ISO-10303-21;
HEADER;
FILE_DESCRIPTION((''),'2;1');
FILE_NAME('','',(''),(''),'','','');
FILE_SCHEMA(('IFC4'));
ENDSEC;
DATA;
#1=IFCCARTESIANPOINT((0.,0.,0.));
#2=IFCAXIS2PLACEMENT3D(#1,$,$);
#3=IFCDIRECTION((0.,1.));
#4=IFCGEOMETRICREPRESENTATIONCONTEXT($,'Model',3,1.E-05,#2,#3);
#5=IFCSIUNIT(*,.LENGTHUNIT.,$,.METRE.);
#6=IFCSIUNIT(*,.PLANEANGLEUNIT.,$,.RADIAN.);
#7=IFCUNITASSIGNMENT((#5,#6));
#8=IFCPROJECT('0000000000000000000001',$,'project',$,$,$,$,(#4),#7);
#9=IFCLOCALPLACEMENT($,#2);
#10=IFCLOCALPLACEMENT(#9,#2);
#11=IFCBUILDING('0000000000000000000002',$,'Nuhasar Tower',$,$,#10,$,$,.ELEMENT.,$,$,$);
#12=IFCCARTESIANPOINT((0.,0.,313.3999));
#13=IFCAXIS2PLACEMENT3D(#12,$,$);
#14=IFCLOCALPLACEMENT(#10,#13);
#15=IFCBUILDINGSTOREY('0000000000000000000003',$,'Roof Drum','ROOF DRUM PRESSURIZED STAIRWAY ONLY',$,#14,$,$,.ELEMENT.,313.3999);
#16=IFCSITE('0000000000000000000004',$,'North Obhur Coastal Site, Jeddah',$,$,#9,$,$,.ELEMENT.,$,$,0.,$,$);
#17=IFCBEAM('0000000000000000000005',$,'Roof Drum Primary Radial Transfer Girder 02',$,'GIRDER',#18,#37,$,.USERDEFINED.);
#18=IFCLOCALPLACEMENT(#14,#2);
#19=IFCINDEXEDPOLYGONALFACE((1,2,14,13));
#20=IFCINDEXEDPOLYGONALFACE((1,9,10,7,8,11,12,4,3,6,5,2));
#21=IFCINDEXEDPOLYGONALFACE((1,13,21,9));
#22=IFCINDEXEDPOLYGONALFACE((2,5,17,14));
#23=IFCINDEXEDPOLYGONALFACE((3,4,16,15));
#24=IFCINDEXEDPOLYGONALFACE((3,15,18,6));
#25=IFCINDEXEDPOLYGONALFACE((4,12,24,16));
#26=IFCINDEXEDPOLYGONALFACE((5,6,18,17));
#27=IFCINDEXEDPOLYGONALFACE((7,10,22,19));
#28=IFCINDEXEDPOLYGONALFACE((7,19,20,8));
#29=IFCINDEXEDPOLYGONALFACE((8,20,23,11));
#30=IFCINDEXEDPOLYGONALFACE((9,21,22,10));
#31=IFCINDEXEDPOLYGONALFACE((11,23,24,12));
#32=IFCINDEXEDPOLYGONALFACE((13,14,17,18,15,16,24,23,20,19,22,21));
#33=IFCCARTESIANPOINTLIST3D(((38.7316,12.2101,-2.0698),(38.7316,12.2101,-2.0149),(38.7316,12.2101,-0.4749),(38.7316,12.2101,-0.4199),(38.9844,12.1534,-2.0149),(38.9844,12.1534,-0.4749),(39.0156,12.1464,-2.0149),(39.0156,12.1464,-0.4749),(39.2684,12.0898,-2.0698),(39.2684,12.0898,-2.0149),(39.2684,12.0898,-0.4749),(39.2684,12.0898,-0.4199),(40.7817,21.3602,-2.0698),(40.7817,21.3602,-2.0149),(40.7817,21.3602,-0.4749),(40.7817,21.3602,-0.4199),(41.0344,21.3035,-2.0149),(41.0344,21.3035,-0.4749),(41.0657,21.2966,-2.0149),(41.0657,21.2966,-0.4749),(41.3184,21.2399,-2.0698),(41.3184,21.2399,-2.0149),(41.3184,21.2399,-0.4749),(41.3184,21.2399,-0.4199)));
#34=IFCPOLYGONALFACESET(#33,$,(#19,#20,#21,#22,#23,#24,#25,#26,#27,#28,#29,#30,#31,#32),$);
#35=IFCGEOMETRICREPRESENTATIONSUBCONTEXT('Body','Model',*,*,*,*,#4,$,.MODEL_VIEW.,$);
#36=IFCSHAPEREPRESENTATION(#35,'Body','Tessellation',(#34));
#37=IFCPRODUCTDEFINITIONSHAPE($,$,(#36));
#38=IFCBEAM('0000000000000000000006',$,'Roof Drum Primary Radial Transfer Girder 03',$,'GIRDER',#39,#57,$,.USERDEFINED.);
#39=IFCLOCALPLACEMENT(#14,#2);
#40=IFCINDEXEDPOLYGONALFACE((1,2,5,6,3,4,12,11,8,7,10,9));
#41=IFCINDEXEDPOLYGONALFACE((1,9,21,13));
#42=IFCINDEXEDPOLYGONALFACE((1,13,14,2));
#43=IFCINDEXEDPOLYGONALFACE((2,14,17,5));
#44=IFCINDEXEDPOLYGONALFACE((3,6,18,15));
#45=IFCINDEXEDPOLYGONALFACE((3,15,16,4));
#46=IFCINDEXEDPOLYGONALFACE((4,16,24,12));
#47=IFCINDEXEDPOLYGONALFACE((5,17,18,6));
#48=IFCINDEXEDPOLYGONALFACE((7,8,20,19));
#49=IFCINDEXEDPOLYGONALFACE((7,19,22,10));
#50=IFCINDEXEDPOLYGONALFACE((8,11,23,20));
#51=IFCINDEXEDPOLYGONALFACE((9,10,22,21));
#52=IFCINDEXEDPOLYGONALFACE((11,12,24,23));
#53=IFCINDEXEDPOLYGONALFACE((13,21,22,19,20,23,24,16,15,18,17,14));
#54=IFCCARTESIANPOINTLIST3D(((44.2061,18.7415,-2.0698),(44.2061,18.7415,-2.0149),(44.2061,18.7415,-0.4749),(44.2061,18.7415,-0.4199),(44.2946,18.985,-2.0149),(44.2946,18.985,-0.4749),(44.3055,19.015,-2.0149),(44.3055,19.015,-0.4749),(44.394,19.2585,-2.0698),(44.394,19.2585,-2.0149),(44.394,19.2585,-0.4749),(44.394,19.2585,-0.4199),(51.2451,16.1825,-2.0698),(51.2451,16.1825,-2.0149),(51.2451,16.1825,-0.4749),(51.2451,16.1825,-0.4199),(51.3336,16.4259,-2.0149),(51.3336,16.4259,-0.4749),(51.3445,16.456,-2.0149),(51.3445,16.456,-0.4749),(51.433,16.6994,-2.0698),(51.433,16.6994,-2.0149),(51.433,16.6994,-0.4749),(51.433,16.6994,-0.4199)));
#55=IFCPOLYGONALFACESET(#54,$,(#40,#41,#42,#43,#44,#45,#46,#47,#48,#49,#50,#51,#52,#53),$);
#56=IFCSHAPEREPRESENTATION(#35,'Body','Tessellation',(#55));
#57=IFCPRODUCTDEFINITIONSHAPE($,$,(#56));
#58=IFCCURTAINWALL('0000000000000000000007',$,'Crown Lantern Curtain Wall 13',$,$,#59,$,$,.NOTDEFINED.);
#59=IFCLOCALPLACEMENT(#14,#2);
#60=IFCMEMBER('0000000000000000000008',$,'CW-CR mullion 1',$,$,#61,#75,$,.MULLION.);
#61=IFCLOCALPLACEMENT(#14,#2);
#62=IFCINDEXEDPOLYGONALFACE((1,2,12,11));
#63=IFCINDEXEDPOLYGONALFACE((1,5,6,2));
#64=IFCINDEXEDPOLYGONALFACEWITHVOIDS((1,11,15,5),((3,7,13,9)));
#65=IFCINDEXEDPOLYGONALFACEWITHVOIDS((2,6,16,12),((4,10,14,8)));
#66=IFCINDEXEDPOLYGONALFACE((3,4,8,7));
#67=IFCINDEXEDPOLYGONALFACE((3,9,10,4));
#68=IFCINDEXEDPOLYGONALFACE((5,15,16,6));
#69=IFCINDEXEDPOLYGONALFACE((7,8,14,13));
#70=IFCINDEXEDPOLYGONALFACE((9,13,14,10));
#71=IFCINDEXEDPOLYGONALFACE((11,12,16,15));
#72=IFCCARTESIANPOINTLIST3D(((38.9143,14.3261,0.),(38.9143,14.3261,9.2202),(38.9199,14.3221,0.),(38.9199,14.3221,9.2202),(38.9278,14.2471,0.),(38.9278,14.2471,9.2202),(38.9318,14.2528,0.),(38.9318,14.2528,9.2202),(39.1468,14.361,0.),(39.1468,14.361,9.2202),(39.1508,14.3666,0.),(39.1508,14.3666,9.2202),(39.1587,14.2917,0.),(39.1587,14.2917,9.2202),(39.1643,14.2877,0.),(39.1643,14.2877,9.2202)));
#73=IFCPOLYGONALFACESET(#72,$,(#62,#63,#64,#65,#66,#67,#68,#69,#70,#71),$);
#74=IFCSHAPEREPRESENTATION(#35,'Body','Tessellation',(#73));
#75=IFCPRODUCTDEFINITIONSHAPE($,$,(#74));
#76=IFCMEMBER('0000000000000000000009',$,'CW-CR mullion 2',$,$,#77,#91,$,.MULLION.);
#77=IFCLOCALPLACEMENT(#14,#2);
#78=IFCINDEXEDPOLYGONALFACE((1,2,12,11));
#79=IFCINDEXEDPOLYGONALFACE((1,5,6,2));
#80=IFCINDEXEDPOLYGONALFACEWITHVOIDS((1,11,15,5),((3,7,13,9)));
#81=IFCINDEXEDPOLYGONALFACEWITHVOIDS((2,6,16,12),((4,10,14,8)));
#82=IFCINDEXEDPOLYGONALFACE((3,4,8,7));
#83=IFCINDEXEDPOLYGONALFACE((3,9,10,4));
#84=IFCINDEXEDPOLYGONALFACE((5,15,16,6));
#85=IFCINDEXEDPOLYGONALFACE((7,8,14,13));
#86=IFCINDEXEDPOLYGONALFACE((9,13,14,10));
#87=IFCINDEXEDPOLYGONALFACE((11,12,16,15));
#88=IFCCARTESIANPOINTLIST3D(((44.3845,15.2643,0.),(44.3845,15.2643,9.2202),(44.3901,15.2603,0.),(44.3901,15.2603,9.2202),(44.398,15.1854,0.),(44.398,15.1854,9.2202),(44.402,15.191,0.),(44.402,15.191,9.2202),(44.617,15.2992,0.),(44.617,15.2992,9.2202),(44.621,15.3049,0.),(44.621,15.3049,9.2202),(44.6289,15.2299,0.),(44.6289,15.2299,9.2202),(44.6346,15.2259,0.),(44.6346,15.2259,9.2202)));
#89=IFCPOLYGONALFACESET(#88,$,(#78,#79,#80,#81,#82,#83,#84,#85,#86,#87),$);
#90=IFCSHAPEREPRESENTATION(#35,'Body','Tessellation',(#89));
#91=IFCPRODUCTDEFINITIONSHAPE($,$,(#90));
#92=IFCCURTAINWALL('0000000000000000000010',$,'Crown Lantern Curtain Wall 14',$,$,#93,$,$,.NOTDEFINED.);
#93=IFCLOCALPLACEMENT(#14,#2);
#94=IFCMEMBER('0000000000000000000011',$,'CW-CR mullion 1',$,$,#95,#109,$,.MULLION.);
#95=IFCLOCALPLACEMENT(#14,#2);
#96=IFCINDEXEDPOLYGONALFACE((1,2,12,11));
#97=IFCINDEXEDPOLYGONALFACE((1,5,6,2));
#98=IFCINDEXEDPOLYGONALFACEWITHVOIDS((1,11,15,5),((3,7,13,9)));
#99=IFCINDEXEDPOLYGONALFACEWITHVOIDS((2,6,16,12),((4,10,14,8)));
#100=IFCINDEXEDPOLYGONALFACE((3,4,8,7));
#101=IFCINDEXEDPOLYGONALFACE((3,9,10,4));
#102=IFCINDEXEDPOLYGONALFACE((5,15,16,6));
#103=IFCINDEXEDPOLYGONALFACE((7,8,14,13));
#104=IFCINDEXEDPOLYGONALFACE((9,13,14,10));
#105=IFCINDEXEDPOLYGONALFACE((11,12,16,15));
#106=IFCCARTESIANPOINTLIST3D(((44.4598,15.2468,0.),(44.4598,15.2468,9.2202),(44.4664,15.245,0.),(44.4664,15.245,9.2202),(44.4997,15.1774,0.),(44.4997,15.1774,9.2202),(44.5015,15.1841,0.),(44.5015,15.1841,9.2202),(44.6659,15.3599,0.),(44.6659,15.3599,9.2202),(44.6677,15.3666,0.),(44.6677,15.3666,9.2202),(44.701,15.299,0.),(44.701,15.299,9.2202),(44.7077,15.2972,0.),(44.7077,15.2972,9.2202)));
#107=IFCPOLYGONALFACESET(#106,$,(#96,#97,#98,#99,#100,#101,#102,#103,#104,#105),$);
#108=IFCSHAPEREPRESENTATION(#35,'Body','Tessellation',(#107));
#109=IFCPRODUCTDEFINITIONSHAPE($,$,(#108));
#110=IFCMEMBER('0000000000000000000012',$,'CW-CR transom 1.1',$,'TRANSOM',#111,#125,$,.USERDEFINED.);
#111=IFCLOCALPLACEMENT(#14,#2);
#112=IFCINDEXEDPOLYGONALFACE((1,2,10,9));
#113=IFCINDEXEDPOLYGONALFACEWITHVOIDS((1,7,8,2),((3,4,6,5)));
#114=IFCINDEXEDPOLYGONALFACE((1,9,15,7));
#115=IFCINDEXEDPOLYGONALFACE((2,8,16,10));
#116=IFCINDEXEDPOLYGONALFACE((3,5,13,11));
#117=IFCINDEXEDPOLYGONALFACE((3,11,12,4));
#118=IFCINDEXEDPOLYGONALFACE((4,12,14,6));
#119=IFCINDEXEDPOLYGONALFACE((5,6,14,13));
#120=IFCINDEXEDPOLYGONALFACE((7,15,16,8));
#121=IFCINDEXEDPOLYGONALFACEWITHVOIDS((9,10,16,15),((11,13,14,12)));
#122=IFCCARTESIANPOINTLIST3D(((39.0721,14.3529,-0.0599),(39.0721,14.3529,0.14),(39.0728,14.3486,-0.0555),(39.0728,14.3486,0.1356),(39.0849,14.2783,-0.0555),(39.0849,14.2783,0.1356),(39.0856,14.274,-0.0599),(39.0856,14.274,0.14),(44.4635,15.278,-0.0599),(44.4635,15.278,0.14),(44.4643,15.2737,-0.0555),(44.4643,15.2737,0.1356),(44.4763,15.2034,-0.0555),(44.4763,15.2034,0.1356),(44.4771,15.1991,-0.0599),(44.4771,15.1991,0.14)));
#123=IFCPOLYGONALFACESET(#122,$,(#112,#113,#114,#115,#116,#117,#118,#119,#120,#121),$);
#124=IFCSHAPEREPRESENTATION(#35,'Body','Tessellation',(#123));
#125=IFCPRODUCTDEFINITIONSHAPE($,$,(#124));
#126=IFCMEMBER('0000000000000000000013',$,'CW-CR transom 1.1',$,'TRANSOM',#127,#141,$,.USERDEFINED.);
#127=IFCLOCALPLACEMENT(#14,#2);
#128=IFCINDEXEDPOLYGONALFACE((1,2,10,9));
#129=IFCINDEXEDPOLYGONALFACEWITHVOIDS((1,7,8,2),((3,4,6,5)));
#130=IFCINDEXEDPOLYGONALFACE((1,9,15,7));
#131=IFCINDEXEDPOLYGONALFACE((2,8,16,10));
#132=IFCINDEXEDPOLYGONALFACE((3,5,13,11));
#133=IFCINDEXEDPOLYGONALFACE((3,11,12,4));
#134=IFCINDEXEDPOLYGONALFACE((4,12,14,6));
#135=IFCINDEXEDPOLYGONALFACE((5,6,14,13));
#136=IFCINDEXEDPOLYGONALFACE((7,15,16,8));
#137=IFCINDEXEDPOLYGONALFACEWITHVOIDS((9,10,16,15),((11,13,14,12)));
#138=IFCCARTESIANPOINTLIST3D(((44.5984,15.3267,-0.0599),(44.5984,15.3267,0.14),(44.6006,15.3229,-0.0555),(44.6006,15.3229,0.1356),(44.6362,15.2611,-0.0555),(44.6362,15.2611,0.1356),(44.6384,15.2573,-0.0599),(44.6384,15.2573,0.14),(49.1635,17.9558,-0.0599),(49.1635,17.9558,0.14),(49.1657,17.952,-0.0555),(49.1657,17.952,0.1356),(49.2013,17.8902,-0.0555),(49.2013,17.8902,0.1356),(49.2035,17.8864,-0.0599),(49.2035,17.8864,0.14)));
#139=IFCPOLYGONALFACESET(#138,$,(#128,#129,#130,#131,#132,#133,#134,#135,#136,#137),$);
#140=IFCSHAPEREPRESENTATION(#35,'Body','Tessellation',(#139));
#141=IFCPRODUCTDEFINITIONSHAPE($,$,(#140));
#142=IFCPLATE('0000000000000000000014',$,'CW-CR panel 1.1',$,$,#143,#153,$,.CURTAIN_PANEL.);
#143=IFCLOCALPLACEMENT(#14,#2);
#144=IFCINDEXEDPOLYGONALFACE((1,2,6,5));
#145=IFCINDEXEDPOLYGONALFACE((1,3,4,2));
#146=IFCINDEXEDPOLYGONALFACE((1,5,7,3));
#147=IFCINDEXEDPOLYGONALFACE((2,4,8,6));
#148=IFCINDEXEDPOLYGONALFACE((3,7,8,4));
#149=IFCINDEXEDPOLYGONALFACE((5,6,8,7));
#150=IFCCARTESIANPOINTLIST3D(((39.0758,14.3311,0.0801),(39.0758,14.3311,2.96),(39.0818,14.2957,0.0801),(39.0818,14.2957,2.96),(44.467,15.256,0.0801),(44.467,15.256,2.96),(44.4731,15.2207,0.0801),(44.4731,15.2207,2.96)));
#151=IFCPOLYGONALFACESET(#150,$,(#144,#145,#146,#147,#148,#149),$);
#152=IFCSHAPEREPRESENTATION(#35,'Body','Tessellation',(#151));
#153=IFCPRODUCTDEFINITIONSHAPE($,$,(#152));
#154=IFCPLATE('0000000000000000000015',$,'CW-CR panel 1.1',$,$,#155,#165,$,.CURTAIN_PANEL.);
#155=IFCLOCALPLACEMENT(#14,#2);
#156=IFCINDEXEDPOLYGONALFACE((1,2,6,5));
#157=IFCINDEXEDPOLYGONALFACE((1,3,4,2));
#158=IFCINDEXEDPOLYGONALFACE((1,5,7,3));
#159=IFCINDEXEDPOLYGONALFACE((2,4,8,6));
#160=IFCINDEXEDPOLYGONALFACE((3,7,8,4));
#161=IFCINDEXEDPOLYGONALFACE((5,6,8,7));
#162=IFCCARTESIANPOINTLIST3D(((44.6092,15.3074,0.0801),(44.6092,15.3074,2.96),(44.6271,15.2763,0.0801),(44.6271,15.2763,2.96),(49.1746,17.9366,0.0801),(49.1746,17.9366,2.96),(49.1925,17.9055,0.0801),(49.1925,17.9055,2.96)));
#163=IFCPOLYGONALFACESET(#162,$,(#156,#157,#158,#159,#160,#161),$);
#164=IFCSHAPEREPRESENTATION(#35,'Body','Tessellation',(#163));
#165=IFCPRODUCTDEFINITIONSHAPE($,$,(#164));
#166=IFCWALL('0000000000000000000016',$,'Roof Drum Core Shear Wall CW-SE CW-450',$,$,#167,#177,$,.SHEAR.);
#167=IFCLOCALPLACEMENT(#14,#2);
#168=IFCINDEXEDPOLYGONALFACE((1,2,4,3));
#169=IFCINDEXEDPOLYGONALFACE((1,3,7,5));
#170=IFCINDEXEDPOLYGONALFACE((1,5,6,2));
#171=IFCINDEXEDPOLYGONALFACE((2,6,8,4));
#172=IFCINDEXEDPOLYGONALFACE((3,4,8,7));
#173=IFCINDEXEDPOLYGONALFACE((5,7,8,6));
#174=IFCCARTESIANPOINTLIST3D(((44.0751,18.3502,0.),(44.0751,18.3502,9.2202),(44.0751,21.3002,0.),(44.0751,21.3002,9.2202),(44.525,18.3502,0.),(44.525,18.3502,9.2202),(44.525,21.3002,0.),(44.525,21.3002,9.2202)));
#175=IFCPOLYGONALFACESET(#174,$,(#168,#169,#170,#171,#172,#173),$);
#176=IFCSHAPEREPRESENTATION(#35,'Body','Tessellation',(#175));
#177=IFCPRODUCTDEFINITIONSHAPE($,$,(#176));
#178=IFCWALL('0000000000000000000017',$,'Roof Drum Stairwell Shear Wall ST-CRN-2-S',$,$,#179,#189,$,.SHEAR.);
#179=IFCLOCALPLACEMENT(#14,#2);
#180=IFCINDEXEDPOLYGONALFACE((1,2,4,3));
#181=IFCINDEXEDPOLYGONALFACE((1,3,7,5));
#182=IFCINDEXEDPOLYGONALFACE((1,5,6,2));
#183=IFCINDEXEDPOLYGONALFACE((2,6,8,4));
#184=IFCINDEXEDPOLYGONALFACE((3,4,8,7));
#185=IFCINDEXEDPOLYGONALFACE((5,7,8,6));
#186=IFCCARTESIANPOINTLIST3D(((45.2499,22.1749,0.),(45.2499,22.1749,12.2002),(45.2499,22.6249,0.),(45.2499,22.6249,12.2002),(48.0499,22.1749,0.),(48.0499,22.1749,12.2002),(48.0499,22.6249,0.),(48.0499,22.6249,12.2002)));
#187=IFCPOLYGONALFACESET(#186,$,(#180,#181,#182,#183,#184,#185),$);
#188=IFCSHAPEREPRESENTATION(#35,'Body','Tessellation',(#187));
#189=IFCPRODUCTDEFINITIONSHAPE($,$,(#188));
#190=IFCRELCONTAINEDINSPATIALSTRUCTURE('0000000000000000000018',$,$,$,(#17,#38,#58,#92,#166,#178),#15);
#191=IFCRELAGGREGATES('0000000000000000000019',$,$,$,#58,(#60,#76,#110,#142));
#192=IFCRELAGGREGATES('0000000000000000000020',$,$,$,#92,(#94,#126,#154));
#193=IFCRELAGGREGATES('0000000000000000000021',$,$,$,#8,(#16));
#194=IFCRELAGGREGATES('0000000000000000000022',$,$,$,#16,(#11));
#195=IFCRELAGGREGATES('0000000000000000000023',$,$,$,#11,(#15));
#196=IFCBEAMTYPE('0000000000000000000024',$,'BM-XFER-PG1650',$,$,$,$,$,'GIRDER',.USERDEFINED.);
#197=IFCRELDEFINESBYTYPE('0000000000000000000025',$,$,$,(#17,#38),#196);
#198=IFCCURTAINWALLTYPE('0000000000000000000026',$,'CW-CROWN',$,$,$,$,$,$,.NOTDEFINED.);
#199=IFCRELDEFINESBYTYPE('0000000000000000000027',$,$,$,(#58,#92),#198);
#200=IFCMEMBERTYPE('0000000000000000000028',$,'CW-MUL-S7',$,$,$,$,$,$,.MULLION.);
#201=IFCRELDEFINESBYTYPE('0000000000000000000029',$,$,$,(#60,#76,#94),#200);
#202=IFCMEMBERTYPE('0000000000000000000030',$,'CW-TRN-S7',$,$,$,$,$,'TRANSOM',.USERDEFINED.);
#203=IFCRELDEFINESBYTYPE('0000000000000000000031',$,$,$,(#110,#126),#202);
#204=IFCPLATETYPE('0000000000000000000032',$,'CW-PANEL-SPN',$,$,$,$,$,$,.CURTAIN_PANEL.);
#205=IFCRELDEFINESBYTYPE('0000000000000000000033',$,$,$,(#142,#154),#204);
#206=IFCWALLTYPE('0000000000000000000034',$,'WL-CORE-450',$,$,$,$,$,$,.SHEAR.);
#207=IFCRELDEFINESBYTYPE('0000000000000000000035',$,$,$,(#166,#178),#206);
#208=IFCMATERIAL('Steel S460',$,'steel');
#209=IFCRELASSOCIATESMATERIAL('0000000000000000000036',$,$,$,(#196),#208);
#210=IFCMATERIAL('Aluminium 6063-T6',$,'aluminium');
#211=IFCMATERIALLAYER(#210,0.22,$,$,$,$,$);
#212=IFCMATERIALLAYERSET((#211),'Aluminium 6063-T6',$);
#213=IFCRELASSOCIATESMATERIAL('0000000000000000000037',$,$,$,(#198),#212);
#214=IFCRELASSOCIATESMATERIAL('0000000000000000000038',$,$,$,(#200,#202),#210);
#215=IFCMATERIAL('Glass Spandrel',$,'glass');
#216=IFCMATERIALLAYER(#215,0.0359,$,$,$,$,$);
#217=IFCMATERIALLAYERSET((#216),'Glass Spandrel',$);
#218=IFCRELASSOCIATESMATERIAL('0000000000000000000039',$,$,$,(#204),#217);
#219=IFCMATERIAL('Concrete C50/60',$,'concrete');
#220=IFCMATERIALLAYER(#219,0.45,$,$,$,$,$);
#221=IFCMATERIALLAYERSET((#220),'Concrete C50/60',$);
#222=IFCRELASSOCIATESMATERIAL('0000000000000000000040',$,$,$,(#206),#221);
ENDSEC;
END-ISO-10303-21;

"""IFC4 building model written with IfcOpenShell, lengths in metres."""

from ifc_helpers import new_model, si_unit, direction, frame, frame_2d, origin, origin_2d, place, context, subcontext, project, spatial, rectangle, hollow_rectangle, i_section, extrude, material, layer, layer_set, material_profile, profile_set, type_object, element, aggregate, save


model = new_model("IFC4")

# Units and contexts
model_context = context("Model", 3, precision=1e-05, world=origin(), true_north=direction((0.0, 1.0)))
body_context = subcontext(model_context, "Body", "Model", "MODEL_VIEW")
ifc_project = project(units=[si_unit("LENGTHUNIT", "METRE"), si_unit("PLANEANGLEUNIT", "RADIAN")], contexts=[model_context])

# Site, building, storey
site_placement = place(None, origin())
site = spatial("IfcSite", under=ifc_project, at=site_placement, Name="North Obhur Coastal Site, Jeddah", CompositionType="ELEMENT", RefElevation=0.0)
building_placement = place(site_placement, origin())
building = spatial("IfcBuilding", under=site, at=building_placement, Name="Nuhasar Tower", CompositionType="ELEMENT")
storey_placement = place(building_placement, frame((0.0, 0.0, 313.3999)))
storey = spatial("IfcBuildingStorey", under=building, at=storey_placement, Name="Roof Drum", Description="ROOF DRUM PRESSURIZED STAIRWAY ONLY", CompositionType="ELEMENT", Elevation=313.3999)

# Shared definitions
ifc_material_1 = material(Name="Concrete C50/60", Category="concrete")

# Beams
ifc_material_2 = material(Name="Steel S460", Category="steel")
ifc_material_profile_1 = material_profile(ifc_material_2, i_section(OverallWidth=0.55, OverallDepth=1.6499, WebThickness=0.032, FlangeThickness=0.0549, at=origin_2d()), Name="PG1650X550")
ifc_profile_set_1 = profile_set([ifc_material_profile_1], Name="Steel S460")
beam_type_1 = type_object("IfcBeamType", Name="BM-XFER-PG1650", ElementType="GIRDER", PredefinedType="USERDEFINED", material=ifc_profile_set_1)
beam_1_placement = place(storey_placement, frame((41.05, 21.3, -1.2449), z_axis=(-0.218626, -0.975809, 0.0), x_axis=(0.975809, -0.218626, 0.0)))
element("IfcBeam", 1, at=beam_1_placement, inside=storey, type_object=beam_type_1, Name="Roof Drum Primary Radial Transfer Girder 02", ObjectType="GIRDER", PredefinedType="USERDEFINED", context=body_context, shape_type="SweptSolid", body=[
    extrude(i_section(OverallWidth=0.55, OverallDepth=1.6499, WebThickness=0.032, FlangeThickness=0.0549, at=origin_2d()), origin(), (0.0, 0.0, 1.0), 9.377),
])
beam_2_placement = place(storey_placement, frame((44.3, 19.0, -1.2449), z_axis=(0.939818, -0.341675, 0.0), x_axis=(0.341675, 0.939818, 0.0)))
element("IfcBeam", 2, at=beam_2_placement, inside=storey, type_object=beam_type_1, Name="Roof Drum Primary Radial Transfer Girder 03", ObjectType="GIRDER", PredefinedType="USERDEFINED", context=body_context, shape_type="SweptSolid", body=[
    extrude(i_section(OverallWidth=0.55, OverallDepth=1.6499, WebThickness=0.032, FlangeThickness=0.0549, at=origin_2d()), origin(), (0.0, 0.0, 1.0), 7.4897),
])

# Curtain wall, members
ifc_material_3 = material(Name="Aluminium 6063-T6", Category="aluminium")
ifc_layer_1 = layer(ifc_material_3, 0.22)
ifc_layer_set_1 = layer_set([ifc_layer_1], Name="Aluminium 6063-T6")
curtain_wall_type = type_object("IfcCurtainWallType", Name="CW-CROWN", PredefinedType="NOTDEFINED", material=ifc_layer_set_1)
curtain_wall_1_placement = place(storey_placement, origin())
curtain_wall_1 = element("IfcCurtainWall", 3, at=curtain_wall_1_placement, inside=storey, type_object=curtain_wall_type, Name="Crown Lantern Curtain Wall 13", PredefinedType="NOTDEFINED")
ifc_material_profile_2 = material_profile(ifc_material_3, hollow_rectangle(XDim=0.0801, YDim=0.24, WallThickness=0.0049, at=origin_2d()), Name="CWM-7")
ifc_profile_set_2 = profile_set([ifc_material_profile_2], Name="Aluminium 6063-T6")
member_type_1 = type_object("IfcMemberType", Name="CW-MUL-S7", PredefinedType="MULLION", material=ifc_profile_set_2)
member_1_placement = place(storey_placement, frame((39.0393, 14.3069, 0.0), z_axis=(0.0, 0.0, 1.0), x_axis=(-0.169092, 0.9856, 0.0)))
member_1 = element("IfcMember", 4, at=member_1_placement, type_object=member_type_1, Name="CW-CR mullion 1", PredefinedType="MULLION", context=body_context, shape_type="SweptSolid", body=[
    extrude(hollow_rectangle(XDim=0.0801, YDim=0.24, WallThickness=0.0049, at=origin_2d()), origin(), (0.0, 0.0, 1.0), 9.2202),
])
member_2_placement = place(storey_placement, frame((44.5095, 15.2451, 0.0), z_axis=(0.0, 0.0, 1.0), x_axis=(-0.169092, 0.9856, 0.0)))
member_2 = element("IfcMember", 5, at=member_2_placement, type_object=member_type_1, Name="CW-CR mullion 2", PredefinedType="MULLION", context=body_context, shape_type="SweptSolid", body=[
    extrude(hollow_rectangle(XDim=0.0801, YDim=0.24, WallThickness=0.0049, at=origin_2d()), origin(), (0.0, 0.0, 1.0), 9.2202),
])

# Curtain wall, member
curtain_wall_2_placement = place(storey_placement, origin())
curtain_wall_2 = element("IfcCurtainWall", 6, at=curtain_wall_2_placement, inside=storey, type_object=curtain_wall_type, Name="Crown Lantern Curtain Wall 14", PredefinedType="NOTDEFINED")
member_3_placement = place(storey_placement, frame((44.5837, 15.272, 0.0), z_axis=(0.0, 0.0, 1.0), x_axis=(-0.499052, 0.866572, 0.0)))
member_3 = element("IfcMember", 7, at=member_3_placement, type_object=member_type_1, Name="CW-CR mullion 1", PredefinedType="MULLION", context=body_context, shape_type="SweptSolid", body=[
    extrude(hollow_rectangle(XDim=0.0801, YDim=0.24, WallThickness=0.0049, at=origin_2d()), origin(), (0.0, 0.0, 1.0), 9.2202),
])

# Members
ifc_material_profile_3 = material_profile(ifc_material_3, hollow_rectangle(XDim=0.0801, YDim=0.2, WallThickness=0.0044, at=origin_2d()), Name="CWT-7")
ifc_profile_set_3 = profile_set([ifc_material_profile_3], Name="Aluminium 6063-T6")
member_type_2 = type_object("IfcMemberType", Name="CW-TRN-S7", ElementType="TRANSOM", PredefinedType="USERDEFINED", material=ifc_profile_set_3)
member_4_placement = place(storey_placement, frame((39.0789, 14.3135, 0.04), z_axis=(0.985597, 0.169109, 0.0), x_axis=(-0.169109, 0.985597, 0.0)))
member_4 = element("IfcMember", 8, at=member_4_placement, type_object=member_type_2, Name="CW-CR transom 1.1", ObjectType="TRANSOM", PredefinedType="USERDEFINED", context=body_context, shape_type="SweptSolid", body=[
    extrude(hollow_rectangle(XDim=0.0801, YDim=0.2, WallThickness=0.0044, at=origin_2d()), origin(), (0.0, 0.0, 1.0), 5.4702),
])
member_5_placement = place(storey_placement, frame((44.6184, 15.292, 0.04), z_axis=(0.866564, 0.499066, 0.0), x_axis=(-0.499066, 0.866564, 0.0)))
member_5 = element("IfcMember", 9, at=member_5_placement, type_object=member_type_2, Name="CW-CR transom 1.1", ObjectType="TRANSOM", PredefinedType="USERDEFINED", context=body_context, shape_type="SweptSolid", body=[
    extrude(hollow_rectangle(XDim=0.0801, YDim=0.2, WallThickness=0.0044, at=origin_2d()), origin(), (0.0, 0.0, 1.0), 5.2681),
])

# Plates
ifc_material_4 = material(Name="Glass Spandrel", Category="glass")
ifc_layer_2 = layer(ifc_material_4, 0.0359)
ifc_layer_set_2 = layer_set([ifc_layer_2], Name="Glass Spandrel")
plate_type = type_object("IfcPlateType", Name="CW-PANEL-SPN", PredefinedType="CURTAIN_PANEL", material=ifc_layer_set_2)
plate_1_placement = place(storey_placement, frame((41.7744, 14.7759, 0.0801), z_axis=(0.0, 0.0, 1.0), x_axis=(0.9856, 0.169092, 0.0)))
plate_1 = element("IfcPlate", 10, at=plate_1_placement, type_object=plate_type, Name="CW-CR panel 1.1", PredefinedType="CURTAIN_PANEL", context=body_context, shape_type="SweptSolid", body=[
    extrude(rectangle(XDim=5.47, YDim=0.0359, at=origin_2d()), origin(), (0.0, 0.0, 1.0), 2.8799),
])
aggregate(curtain_wall_1, [member_1, member_2, member_4, plate_1])
plate_2_placement = place(storey_placement, frame((46.9009, 16.6064, 0.0801), z_axis=(0.0, 0.0, 1.0), x_axis=(0.866572, 0.499052, 0.0)))
plate_2 = element("IfcPlate", 11, at=plate_2_placement, type_object=plate_type, Name="CW-CR panel 1.1", PredefinedType="CURTAIN_PANEL", context=body_context, shape_type="SweptSolid", body=[
    extrude(rectangle(XDim=5.2683, YDim=0.0359, at=origin_2d()), origin(), (0.0, 0.0, 1.0), 2.8799),
])
aggregate(curtain_wall_2, [member_3, member_5, plate_2])

# Walls
ifc_layer_3 = layer(ifc_material_1, 0.45)
ifc_layer_set_3 = layer_set([ifc_layer_3], Name="Concrete C50/60")
wall_type_1 = type_object("IfcWallType", Name="WL-CORE-450", PredefinedType="SHEAR", material=ifc_layer_set_3)
wall_1_placement = place(storey_placement, frame((44.3, 18.3501, 0.0), z_axis=(0.0, 0.0, 1.0), x_axis=(0.0, 1.0, 0.0)))
element("IfcWall", 12, at=wall_1_placement, inside=storey, type_object=wall_type_1, Name="Roof Drum Core Shear Wall CW-SE CW-450", PredefinedType="SHEAR", context=body_context, shape_type="SweptSolid", body=[
    extrude(rectangle(XDim=2.95, YDim=0.45, at=frame_2d((1.4751, 0.0))), origin(), (0.0, 0.0, 1.0), 9.2202),
])
wall_2_placement = place(storey_placement, frame((45.25, 22.3999, 0.0), z_axis=(0.0, 0.0, 1.0), x_axis=(1.0, 0.0, 0.0)))
element("IfcWall", 13, at=wall_2_placement, inside=storey, type_object=wall_type_1, Name="Roof Drum Stairwell Shear Wall ST-CRN-2-S", PredefinedType="SHEAR", context=body_context, shape_type="SweptSolid", body=[
    extrude(rectangle(XDim=2.8, YDim=0.45, at=frame_2d((1.3999, 0.0))), origin(), (0.0, 0.0, 1.0), 12.2002),
])

save(model, "model.ifc")
